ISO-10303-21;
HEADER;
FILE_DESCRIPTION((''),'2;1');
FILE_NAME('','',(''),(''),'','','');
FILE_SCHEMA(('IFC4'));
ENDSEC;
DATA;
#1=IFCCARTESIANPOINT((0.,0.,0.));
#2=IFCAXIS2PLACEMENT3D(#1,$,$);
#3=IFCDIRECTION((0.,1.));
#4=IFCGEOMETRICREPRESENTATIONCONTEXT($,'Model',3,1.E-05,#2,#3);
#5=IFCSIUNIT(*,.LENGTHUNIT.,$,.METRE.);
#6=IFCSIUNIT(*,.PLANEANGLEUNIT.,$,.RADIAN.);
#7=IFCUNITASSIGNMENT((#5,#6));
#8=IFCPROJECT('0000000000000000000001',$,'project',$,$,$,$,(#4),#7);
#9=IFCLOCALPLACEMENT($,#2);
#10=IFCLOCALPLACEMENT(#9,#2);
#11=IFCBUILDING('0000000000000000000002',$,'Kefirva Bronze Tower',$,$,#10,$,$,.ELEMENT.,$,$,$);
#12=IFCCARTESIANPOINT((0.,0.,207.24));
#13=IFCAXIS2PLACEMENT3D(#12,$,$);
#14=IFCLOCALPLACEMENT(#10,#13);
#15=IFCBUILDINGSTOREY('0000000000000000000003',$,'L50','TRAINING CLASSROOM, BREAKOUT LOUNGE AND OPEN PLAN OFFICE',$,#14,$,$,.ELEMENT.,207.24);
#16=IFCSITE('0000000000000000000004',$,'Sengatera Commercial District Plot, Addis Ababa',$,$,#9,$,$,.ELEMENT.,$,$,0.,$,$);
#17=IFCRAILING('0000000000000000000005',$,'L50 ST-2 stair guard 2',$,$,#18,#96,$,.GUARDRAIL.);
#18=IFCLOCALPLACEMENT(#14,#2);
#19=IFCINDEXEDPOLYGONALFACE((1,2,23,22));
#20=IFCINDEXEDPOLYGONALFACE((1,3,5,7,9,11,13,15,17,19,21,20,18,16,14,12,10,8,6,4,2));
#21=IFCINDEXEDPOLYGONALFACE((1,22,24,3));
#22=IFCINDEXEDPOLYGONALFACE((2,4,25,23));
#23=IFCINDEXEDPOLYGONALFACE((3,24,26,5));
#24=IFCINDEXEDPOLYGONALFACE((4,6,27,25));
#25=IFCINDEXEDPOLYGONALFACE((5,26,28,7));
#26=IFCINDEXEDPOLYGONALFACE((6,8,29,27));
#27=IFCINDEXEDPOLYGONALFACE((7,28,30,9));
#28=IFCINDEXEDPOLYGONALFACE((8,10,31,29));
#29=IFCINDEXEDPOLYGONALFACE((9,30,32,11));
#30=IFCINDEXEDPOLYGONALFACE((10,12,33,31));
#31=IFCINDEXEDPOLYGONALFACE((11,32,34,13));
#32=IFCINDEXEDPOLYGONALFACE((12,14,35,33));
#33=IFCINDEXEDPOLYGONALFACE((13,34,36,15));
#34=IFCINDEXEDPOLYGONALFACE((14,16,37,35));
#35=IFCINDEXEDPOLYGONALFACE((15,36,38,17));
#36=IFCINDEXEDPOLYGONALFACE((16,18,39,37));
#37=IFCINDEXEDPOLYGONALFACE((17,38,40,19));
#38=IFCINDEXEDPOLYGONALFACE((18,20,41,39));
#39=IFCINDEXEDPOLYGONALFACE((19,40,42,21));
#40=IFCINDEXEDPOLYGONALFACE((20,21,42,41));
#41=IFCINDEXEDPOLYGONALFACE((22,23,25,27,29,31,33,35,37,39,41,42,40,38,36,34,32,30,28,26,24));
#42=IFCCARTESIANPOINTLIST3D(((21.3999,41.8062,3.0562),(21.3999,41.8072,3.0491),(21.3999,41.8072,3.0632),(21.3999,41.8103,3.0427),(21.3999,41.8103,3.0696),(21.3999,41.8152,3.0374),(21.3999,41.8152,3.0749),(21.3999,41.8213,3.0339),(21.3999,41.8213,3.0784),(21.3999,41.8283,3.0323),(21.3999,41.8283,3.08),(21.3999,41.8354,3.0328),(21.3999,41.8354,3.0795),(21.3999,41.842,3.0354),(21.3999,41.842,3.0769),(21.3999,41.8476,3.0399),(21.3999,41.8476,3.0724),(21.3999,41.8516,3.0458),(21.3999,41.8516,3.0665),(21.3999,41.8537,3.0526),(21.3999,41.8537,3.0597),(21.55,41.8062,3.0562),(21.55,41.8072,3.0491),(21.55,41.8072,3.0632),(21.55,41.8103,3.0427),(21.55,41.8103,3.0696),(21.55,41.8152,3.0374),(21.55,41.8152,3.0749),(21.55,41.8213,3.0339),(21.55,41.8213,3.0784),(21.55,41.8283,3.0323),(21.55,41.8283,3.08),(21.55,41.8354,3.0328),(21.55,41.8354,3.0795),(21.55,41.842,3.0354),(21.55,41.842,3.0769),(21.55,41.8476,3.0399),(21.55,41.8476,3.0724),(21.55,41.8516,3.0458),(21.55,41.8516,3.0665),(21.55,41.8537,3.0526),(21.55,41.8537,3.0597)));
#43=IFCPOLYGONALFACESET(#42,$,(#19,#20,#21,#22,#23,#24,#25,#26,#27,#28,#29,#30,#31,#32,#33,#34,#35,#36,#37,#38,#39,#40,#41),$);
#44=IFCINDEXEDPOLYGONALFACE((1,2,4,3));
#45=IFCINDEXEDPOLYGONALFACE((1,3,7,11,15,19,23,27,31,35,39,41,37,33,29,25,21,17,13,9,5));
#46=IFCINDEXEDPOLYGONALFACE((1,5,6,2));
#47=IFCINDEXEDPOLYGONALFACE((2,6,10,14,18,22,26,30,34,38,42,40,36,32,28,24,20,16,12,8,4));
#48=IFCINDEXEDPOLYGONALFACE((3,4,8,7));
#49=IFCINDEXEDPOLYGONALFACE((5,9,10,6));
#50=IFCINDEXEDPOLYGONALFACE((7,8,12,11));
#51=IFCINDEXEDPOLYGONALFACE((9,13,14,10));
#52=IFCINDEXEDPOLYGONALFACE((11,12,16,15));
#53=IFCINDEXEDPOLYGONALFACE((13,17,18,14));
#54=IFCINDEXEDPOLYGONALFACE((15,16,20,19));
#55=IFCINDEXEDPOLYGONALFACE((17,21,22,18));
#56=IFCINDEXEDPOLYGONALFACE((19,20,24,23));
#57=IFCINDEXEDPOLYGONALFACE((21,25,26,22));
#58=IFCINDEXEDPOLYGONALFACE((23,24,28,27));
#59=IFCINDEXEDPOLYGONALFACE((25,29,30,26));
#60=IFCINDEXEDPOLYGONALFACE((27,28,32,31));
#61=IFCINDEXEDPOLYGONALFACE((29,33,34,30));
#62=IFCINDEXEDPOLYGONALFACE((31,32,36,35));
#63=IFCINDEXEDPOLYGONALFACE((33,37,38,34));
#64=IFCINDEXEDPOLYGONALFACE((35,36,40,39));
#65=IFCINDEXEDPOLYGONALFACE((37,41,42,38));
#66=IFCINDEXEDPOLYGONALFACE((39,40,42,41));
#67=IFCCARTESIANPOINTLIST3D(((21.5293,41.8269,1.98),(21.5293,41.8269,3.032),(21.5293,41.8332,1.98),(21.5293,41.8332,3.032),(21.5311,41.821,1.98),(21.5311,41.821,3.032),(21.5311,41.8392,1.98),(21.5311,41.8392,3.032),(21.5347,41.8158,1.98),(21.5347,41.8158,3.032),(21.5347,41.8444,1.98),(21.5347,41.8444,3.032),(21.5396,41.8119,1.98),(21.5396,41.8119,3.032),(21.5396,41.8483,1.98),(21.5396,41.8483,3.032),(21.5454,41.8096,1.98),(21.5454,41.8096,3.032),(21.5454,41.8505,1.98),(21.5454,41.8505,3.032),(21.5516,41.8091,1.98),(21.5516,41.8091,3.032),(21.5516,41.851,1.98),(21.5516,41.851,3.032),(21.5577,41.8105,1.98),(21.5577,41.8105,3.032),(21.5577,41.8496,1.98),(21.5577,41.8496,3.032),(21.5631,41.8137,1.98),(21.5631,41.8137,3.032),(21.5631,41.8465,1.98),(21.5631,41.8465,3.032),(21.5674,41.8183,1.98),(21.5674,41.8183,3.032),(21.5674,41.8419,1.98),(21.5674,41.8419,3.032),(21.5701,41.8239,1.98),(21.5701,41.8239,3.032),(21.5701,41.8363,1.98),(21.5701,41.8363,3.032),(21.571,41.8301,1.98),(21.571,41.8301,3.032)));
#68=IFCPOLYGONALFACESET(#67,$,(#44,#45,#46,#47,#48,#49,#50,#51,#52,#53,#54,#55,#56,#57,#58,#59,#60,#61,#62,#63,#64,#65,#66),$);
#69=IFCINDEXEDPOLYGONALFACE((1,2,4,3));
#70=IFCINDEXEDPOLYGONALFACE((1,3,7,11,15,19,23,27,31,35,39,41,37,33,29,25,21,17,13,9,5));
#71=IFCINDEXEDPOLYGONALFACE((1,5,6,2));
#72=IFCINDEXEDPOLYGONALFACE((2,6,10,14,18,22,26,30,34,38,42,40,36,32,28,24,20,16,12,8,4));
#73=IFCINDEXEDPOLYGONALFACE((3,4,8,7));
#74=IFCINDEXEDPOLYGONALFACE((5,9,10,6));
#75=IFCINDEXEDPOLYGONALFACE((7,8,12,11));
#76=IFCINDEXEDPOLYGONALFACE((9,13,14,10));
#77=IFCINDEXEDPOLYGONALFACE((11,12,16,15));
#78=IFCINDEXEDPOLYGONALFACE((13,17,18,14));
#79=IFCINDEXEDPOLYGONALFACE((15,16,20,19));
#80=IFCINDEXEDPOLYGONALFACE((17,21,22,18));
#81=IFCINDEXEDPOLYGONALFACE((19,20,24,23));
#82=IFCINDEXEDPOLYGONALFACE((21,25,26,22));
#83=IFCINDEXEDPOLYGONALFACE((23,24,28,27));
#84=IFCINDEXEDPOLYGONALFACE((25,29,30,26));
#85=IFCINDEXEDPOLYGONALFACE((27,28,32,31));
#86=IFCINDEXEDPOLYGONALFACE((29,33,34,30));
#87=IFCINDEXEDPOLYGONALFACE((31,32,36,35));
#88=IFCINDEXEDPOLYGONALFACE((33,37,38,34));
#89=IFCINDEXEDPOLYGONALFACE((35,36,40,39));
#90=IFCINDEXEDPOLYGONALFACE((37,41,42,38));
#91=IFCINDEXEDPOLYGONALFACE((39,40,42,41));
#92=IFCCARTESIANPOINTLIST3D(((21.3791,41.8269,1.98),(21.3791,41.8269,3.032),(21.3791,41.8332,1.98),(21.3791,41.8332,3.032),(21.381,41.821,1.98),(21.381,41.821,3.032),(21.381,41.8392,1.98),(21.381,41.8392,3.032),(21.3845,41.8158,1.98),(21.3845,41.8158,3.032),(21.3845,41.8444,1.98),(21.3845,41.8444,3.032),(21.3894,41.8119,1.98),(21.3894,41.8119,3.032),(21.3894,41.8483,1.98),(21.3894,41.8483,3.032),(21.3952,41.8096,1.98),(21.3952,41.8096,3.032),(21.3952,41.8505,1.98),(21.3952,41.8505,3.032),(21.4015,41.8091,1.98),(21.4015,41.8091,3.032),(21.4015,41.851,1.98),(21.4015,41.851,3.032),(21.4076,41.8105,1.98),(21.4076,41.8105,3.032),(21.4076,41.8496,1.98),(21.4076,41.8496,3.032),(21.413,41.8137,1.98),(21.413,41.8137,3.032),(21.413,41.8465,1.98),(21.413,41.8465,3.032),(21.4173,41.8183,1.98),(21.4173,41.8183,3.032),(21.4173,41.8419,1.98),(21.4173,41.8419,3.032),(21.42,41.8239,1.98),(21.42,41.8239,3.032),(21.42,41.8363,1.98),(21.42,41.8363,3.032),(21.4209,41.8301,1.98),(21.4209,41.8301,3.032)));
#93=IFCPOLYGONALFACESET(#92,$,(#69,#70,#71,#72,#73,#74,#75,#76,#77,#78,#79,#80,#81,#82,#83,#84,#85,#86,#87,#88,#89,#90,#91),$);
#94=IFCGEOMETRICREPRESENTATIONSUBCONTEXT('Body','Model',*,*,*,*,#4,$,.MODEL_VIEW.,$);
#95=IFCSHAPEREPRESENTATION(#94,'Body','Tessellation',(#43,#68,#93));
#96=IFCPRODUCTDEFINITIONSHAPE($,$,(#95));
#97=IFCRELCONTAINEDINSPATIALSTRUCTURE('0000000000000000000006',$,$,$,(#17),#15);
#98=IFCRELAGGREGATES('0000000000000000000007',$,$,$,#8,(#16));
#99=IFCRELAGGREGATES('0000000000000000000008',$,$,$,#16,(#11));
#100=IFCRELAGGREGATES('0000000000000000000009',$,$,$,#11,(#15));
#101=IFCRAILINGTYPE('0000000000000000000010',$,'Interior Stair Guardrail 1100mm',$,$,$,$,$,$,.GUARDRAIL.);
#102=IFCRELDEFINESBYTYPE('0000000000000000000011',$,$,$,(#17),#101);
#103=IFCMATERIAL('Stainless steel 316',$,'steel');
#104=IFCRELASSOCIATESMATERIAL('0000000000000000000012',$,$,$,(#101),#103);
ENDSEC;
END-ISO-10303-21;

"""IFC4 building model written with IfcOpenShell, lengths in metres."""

from ifc_helpers import new_model, si_unit, direction, frame, origin, origin_2d, place, context, subcontext, project, spatial, circle, extrude, material, type_object, element, save


model = new_model("IFC4")

# Units and contexts
model_context = context("Model", 3, precision=1e-05, world=origin(), true_north=direction((0.0, 1.0)))
body_context = subcontext(model_context, "Body", "Model", "MODEL_VIEW")
ifc_project = project(units=[si_unit("LENGTHUNIT", "METRE"), si_unit("PLANEANGLEUNIT", "RADIAN")], contexts=[model_context])

# Site, building, storey
site_placement = place(None, origin())
site = spatial("IfcSite", under=ifc_project, at=site_placement, Name="Sengatera Commercial District Plot, Addis Ababa", CompositionType="ELEMENT", RefElevation=0.0)
building_placement = place(site_placement, origin())
building = spatial("IfcBuilding", under=site, at=building_placement, Name="Kefirva Bronze Tower", CompositionType="ELEMENT")
storey_placement = place(building_placement, frame((0.0, 0.0, 207.24)))
storey = spatial("IfcBuildingStorey", under=building, at=storey_placement, Name="L50", Description="TRAINING CLASSROOM, BREAKOUT LOUNGE AND OPEN PLAN OFFICE", CompositionType="ELEMENT", Elevation=207.24)

# Railing
ifc_material_1 = material(Name="Stainless steel 316", Category="steel")
railing_type_1 = type_object("IfcRailingType", Name="Interior Stair Guardrail 1100mm", PredefinedType="GUARDRAIL", material=ifc_material_1)
railing_1_placement = place(storey_placement, frame((21.55, 41.8301, 1.98)))
element("IfcRailing", 1, at=railing_1_placement, inside=storey, type_object=railing_type_1, Name="L50 ST-2 stair guard 2", PredefinedType="GUARDRAIL", context=body_context, shape_type="SweptSolid", body=[
    extrude(circle(Radius=0.0239, at=origin_2d()), frame((0.0, 0.0, 1.0762), z_axis=(-1.0, 0.0, 0.0), x_axis=(0.0, -1.0, 0.0)), (0.0, 0.0, 1.0), 0.1501),
    extrude(circle(Radius=0.021, at=origin_2d()), origin(), (0.0, 0.0, 1.0), 1.052),
    extrude(circle(Radius=0.021, at=origin_2d()), frame((-0.1501, 0.0, 0.0)), (0.0, 0.0, 1.0), 1.052),
])

save(model, "model.ifc")
